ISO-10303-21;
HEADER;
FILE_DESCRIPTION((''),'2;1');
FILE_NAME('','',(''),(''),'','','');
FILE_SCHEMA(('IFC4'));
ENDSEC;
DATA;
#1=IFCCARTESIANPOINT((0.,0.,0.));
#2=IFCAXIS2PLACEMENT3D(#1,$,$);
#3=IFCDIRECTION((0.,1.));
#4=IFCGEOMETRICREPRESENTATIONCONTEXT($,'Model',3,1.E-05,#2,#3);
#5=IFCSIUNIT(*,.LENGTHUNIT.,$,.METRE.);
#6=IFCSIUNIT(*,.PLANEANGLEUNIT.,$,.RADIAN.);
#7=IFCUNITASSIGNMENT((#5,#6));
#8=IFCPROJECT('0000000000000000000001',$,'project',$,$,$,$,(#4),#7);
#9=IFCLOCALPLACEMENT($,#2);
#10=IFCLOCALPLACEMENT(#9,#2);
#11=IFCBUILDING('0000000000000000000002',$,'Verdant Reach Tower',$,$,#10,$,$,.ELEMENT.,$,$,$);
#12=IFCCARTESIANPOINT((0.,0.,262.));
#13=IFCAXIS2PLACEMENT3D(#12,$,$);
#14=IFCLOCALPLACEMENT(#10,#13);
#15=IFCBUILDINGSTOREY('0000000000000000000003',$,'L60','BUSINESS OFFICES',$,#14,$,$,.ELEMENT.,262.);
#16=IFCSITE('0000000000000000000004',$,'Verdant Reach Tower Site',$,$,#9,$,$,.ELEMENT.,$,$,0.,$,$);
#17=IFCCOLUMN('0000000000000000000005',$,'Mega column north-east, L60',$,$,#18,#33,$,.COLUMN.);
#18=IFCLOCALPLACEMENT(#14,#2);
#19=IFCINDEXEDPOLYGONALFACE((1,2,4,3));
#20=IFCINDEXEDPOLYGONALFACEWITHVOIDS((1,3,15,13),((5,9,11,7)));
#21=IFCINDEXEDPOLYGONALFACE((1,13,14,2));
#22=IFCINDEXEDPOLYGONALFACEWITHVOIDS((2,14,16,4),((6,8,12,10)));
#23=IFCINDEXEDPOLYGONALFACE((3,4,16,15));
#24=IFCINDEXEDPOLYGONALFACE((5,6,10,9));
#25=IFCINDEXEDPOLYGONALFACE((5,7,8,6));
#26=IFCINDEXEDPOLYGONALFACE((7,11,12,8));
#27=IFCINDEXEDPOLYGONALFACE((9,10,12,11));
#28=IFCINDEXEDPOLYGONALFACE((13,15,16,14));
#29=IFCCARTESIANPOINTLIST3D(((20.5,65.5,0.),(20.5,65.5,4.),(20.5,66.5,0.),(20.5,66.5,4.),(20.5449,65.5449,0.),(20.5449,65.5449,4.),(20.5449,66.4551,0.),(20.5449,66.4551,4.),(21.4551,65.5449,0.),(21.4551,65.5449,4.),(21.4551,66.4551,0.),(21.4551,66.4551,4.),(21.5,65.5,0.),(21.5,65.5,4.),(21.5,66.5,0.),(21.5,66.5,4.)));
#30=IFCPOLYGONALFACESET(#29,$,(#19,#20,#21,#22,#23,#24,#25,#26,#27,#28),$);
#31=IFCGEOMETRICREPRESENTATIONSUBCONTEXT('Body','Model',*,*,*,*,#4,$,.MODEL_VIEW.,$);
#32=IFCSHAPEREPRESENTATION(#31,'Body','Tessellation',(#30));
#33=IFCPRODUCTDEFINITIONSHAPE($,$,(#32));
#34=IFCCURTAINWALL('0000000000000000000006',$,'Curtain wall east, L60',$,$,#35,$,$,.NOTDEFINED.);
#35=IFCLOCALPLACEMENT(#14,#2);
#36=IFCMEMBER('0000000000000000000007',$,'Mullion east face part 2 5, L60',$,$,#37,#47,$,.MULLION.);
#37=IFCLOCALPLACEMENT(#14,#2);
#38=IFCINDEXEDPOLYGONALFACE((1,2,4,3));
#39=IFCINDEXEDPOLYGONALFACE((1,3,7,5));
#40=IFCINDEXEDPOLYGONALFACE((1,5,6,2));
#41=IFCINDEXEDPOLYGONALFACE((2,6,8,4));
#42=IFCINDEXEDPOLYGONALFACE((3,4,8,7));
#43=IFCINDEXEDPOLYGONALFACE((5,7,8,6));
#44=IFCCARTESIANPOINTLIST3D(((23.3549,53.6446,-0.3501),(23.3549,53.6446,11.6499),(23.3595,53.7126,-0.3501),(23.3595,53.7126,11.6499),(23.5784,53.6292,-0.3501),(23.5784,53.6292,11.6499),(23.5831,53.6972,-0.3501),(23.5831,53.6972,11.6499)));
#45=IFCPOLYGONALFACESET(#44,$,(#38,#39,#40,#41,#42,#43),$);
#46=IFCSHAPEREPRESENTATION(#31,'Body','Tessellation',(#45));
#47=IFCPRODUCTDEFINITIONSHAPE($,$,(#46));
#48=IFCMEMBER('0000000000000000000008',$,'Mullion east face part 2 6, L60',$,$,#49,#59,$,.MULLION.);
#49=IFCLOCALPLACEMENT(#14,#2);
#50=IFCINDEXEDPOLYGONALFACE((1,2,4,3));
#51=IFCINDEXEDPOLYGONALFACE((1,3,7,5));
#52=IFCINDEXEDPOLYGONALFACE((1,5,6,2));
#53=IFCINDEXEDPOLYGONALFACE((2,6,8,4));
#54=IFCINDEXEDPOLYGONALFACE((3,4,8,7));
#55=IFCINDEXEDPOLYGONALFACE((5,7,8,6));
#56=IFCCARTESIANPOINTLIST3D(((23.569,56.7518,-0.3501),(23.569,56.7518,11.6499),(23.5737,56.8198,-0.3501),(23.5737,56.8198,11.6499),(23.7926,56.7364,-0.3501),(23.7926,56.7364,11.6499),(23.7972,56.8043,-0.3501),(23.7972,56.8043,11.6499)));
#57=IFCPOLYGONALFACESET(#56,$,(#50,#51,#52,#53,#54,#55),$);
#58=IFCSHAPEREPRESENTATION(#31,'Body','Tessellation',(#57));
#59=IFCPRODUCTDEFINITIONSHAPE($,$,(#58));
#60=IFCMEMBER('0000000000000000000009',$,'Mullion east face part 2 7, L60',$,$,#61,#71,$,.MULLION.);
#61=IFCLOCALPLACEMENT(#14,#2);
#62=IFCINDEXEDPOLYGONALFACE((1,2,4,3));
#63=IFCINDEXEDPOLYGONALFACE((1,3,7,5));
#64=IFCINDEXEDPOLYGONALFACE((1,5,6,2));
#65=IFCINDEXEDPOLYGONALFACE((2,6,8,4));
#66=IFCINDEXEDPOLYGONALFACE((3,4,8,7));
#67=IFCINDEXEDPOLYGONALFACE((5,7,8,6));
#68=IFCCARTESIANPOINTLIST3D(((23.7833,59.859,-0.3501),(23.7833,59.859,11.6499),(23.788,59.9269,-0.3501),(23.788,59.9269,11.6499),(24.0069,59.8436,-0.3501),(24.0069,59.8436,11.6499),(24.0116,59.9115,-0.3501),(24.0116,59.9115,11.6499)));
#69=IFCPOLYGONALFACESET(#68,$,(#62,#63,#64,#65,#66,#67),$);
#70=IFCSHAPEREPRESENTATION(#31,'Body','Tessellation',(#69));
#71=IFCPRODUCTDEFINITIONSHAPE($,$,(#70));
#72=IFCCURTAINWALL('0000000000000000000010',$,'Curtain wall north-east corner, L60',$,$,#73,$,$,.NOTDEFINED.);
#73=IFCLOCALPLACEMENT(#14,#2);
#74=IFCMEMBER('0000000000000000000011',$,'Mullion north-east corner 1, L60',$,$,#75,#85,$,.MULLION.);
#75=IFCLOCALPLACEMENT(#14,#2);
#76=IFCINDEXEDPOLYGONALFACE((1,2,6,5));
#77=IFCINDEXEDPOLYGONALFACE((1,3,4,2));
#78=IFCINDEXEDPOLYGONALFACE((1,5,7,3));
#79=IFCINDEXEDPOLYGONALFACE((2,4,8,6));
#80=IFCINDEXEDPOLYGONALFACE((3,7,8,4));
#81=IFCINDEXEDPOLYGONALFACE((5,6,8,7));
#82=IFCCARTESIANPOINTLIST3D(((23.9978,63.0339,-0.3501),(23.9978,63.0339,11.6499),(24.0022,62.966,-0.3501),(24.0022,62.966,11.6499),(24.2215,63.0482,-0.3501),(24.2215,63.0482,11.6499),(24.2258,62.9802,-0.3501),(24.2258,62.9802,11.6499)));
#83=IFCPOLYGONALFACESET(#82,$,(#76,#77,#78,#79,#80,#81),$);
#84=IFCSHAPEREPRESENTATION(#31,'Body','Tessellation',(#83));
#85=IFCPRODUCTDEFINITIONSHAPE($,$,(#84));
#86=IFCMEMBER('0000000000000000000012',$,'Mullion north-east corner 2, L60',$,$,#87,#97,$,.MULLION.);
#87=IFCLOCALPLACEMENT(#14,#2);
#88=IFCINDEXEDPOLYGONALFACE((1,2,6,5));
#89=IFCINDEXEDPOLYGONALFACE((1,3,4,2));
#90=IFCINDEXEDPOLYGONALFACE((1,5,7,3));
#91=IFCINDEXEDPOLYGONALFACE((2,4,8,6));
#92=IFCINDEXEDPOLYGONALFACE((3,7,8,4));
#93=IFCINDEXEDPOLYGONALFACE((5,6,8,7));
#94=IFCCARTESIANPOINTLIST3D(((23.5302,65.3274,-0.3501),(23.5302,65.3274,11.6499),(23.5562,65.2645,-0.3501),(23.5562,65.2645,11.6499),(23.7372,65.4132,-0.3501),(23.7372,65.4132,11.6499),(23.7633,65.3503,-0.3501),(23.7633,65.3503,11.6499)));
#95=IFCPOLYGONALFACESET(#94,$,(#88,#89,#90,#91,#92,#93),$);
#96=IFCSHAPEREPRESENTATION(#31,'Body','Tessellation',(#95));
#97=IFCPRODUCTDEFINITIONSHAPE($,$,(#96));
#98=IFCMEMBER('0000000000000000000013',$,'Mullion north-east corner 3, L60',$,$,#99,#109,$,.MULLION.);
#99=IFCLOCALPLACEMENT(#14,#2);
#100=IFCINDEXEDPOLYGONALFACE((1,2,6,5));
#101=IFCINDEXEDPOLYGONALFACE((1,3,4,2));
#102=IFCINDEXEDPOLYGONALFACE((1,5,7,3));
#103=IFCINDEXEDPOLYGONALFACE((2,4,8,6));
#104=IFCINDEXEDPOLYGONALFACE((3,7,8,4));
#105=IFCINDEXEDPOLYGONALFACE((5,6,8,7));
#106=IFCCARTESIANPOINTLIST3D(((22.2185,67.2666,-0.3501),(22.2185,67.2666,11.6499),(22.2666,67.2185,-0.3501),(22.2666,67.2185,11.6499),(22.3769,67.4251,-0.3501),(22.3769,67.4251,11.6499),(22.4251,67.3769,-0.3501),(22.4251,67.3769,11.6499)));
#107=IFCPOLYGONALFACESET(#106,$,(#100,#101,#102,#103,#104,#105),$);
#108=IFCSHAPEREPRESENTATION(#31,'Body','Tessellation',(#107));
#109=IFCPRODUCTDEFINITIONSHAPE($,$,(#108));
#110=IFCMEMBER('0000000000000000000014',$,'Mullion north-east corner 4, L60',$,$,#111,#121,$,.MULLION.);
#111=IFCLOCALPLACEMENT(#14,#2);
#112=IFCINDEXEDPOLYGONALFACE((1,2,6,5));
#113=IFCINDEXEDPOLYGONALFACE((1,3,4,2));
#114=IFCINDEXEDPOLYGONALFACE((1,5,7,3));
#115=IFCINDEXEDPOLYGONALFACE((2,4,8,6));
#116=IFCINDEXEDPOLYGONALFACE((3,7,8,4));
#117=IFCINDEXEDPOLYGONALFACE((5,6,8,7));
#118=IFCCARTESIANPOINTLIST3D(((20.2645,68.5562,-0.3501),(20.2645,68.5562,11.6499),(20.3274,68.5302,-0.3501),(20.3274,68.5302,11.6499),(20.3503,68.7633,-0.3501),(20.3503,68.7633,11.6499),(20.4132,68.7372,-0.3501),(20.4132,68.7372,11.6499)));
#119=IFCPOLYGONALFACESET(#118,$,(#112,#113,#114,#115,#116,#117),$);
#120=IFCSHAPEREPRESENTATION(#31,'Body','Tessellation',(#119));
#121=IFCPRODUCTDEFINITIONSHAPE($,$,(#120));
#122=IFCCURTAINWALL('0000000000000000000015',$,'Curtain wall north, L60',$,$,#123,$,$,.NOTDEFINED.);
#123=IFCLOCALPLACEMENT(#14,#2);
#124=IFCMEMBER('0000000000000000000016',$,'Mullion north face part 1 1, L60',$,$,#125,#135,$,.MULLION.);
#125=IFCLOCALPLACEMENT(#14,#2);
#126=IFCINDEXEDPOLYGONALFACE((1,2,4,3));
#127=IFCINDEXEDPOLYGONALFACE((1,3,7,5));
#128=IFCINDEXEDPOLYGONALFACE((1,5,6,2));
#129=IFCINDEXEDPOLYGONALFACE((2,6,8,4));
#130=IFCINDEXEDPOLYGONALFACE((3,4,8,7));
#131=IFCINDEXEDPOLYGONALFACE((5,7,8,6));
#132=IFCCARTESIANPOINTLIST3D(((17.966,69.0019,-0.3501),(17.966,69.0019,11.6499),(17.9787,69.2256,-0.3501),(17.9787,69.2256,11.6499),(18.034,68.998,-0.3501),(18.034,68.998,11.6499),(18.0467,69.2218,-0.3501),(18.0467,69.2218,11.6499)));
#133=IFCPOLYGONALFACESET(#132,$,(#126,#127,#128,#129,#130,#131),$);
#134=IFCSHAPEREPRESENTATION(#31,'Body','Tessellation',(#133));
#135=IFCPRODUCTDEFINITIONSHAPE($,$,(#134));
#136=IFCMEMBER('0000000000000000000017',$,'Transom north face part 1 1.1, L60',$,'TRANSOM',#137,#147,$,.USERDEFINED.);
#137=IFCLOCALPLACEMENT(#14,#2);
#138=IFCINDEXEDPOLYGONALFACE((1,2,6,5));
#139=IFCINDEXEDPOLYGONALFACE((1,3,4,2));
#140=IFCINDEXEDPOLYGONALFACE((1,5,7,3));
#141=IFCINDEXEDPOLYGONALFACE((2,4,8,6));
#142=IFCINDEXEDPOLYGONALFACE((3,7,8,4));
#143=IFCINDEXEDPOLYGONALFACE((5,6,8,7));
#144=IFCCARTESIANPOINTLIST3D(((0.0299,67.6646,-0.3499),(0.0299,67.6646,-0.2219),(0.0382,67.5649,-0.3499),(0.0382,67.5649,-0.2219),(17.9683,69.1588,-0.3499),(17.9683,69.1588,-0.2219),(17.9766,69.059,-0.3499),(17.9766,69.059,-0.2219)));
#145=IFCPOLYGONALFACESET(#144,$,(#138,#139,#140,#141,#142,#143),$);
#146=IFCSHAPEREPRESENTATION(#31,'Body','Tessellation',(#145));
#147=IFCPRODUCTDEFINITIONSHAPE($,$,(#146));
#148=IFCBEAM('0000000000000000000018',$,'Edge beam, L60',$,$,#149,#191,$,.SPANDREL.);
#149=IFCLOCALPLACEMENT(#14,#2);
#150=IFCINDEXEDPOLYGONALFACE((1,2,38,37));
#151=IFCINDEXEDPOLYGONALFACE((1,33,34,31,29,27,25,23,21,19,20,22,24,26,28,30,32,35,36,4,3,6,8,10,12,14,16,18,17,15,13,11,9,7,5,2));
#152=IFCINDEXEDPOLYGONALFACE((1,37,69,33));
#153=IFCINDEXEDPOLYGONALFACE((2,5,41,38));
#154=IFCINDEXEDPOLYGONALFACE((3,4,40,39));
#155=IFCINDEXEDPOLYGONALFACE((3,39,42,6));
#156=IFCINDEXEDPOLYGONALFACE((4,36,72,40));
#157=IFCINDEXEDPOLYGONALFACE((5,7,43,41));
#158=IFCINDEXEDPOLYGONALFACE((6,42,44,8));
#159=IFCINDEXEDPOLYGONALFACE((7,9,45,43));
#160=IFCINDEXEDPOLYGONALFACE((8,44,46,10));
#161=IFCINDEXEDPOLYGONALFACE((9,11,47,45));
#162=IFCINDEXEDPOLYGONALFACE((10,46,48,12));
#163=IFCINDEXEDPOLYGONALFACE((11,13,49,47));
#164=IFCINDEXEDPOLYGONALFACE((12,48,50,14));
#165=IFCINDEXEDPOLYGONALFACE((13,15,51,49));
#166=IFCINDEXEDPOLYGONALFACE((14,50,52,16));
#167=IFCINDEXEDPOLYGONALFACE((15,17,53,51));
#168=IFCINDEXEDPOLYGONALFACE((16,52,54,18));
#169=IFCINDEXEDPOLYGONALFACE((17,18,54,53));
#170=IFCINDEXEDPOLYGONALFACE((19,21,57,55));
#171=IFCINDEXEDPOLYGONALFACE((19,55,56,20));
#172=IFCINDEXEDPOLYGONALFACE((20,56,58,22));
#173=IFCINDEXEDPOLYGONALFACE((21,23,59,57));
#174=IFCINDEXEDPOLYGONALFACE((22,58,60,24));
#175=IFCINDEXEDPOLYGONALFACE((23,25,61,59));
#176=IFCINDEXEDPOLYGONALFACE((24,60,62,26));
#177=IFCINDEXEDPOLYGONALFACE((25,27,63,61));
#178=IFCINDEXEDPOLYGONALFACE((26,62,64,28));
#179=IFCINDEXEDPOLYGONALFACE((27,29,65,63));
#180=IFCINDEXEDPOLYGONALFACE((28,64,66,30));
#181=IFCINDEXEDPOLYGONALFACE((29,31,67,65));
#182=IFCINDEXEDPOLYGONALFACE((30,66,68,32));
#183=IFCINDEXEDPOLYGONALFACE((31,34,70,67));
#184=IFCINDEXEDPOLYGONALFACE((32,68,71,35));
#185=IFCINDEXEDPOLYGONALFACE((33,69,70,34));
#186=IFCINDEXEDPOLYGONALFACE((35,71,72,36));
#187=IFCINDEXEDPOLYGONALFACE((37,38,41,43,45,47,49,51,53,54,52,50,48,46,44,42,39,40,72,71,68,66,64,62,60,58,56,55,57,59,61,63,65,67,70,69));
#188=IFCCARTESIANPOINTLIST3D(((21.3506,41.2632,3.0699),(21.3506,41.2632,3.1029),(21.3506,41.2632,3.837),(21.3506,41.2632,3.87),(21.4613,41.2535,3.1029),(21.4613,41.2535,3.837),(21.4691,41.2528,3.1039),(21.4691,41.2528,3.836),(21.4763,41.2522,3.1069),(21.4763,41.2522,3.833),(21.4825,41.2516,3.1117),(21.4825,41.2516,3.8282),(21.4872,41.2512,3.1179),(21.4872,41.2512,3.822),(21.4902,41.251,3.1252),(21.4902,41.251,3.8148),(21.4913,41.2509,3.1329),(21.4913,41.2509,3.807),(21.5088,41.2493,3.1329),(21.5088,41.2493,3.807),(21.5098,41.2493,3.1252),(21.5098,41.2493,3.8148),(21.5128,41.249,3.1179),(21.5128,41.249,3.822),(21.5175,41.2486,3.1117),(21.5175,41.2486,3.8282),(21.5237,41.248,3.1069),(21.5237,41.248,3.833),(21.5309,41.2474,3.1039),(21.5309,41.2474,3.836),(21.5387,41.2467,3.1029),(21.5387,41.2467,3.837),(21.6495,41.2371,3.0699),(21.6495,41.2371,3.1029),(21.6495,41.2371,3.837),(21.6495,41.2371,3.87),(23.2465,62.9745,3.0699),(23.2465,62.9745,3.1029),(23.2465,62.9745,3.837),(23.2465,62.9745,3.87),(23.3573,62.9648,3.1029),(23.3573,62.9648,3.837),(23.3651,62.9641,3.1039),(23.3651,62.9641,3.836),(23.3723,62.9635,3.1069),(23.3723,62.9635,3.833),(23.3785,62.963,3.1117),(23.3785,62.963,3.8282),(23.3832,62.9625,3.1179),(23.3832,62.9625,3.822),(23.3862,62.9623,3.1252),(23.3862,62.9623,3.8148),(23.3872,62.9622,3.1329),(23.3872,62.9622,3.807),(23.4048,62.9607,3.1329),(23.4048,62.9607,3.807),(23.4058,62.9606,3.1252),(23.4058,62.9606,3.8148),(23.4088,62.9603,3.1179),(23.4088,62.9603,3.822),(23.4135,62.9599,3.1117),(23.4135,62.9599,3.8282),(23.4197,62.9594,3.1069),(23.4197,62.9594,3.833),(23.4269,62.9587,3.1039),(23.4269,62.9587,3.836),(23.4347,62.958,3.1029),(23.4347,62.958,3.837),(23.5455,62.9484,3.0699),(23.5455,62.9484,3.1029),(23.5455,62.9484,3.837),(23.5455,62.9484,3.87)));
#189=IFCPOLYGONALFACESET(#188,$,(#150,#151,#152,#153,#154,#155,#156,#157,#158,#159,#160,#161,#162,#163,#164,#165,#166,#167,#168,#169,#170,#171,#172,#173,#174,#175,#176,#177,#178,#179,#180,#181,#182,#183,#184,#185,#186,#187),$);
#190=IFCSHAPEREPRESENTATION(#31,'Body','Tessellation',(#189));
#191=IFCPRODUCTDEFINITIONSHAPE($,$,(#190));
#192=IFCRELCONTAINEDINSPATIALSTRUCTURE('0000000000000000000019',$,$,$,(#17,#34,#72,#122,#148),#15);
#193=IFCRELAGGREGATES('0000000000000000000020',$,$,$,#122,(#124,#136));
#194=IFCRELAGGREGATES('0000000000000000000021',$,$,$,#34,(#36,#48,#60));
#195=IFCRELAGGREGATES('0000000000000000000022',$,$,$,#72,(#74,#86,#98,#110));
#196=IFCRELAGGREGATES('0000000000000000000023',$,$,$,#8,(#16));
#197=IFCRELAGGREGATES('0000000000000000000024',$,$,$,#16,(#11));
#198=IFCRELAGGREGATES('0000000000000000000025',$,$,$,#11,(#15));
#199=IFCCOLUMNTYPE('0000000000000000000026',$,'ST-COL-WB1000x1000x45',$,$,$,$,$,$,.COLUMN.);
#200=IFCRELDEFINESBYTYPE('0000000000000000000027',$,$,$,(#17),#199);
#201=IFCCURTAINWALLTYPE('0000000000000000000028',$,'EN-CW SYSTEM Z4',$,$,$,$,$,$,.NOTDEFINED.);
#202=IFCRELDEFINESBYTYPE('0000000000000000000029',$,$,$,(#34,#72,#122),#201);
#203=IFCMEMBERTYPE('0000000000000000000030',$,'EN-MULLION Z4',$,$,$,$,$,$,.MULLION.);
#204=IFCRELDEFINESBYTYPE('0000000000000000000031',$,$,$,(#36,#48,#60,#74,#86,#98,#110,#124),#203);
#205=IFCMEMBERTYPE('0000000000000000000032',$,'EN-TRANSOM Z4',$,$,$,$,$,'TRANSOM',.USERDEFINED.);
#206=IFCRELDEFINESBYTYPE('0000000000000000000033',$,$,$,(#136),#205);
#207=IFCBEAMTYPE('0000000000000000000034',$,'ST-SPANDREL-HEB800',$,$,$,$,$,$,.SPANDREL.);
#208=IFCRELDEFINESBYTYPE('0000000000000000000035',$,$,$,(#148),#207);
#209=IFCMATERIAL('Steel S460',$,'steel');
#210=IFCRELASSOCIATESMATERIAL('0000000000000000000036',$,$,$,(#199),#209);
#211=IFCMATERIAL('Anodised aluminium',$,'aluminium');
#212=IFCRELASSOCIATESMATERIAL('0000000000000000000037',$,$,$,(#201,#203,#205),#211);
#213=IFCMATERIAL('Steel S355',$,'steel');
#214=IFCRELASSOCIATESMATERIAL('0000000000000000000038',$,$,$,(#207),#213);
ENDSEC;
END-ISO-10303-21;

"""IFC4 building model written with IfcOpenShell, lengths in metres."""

from ifc_helpers import new_model, si_unit, direction, frame, origin, origin_2d, place, context, subcontext, project, spatial, rectangle, hollow_rectangle, i_section, extrude, material, material_profile, profile_set, type_object, element, aggregate, save


model = new_model("IFC4")

# Units and contexts
model_context = context("Model", 3, precision=1e-05, world=origin(), true_north=direction((0.0, 1.0)))
body_context = subcontext(model_context, "Body", "Model", "MODEL_VIEW")
ifc_project = project(units=[si_unit("LENGTHUNIT", "METRE"), si_unit("PLANEANGLEUNIT", "RADIAN")], contexts=[model_context])

# Site, building, storey
site_placement = place(None, origin())
site = spatial("IfcSite", under=ifc_project, at=site_placement, Name="Verdant Reach Tower Site", CompositionType="ELEMENT", RefElevation=0.0)
building_placement = place(site_placement, origin())
building = spatial("IfcBuilding", under=site, at=building_placement, Name="Verdant Reach Tower", CompositionType="ELEMENT")
storey_placement = place(building_placement, frame((0.0, 0.0, 262.0)))
storey = spatial("IfcBuildingStorey", under=building, at=storey_placement, Name="L60", Description="BUSINESS OFFICES", CompositionType="ELEMENT", Elevation=262.0)

# Column
ifc_material_1 = material(Name="Steel S460", Category="steel")
ifc_material_profile_1 = material_profile(ifc_material_1, hollow_rectangle(XDim=1.0, YDim=1.0, WallThickness=0.0449, at=origin_2d()), Name="WB 1000x1000x45")
ifc_profile_set_1 = profile_set([ifc_material_profile_1], Name="Steel S460")
column_type = type_object("IfcColumnType", Name="ST-COL-WB1000x1000x45", PredefinedType="COLUMN", material=ifc_profile_set_1)
column_placement = place(storey_placement, frame((21.0, 66.0, 0.0), z_axis=(0.0, 0.0, 1.0), x_axis=(1.0, 0.0, 0.0)))
element("IfcColumn", 1, at=column_placement, inside=storey, type_object=column_type, Name="Mega column north-east, L60", PredefinedType="COLUMN", context=body_context, shape_type="SweptSolid", body=[
    extrude(hollow_rectangle(XDim=1.0, YDim=1.0, WallThickness=0.0449, at=origin_2d()), origin(), (0.0, 0.0, 1.0), 4.0),
])

# Curtain walls, members
ifc_material_2 = material(Name="Anodised aluminium", Category="aluminium")
curtain_wall_type = type_object("IfcCurtainWallType", Name="EN-CW SYSTEM Z4", PredefinedType="NOTDEFINED", material=ifc_material_2)
curtain_wall_1_placement = place(storey_placement, origin())
curtain_wall_1 = element("IfcCurtainWall", 2, at=curtain_wall_1_placement, inside=storey, type_object=curtain_wall_type, Name="Curtain wall east, L60", PredefinedType="NOTDEFINED")
ifc_material_profile_2 = material_profile(ifc_material_2, rectangle(XDim=0.2241, YDim=0.0681, at=origin_2d()), Name="Mullion 68x224")
ifc_profile_set_2 = profile_set([ifc_material_profile_2], Name="Anodised aluminium")
member_type_1 = type_object("IfcMemberType", Name="EN-MULLION Z4", PredefinedType="MULLION", material=ifc_profile_set_2)
member_1_placement = place(storey_placement, frame((23.469, 53.6709, -0.3501), z_axis=(0.0, 0.0, 1.0), x_axis=(0.99763, -0.068802, 0.0)))
member_1 = element("IfcMember", 3, at=member_1_placement, type_object=member_type_1, Name="Mullion east face part 2 5, L60", PredefinedType="MULLION", context=body_context, shape_type="SweptSolid", body=[
    extrude(rectangle(XDim=0.2241, YDim=0.0681, at=origin_2d()), origin(), (0.0, 0.0, 1.0), 12.0),
])
member_2_placement = place(storey_placement, frame((23.6831, 56.7781, -0.3501), z_axis=(0.0, 0.0, 1.0), x_axis=(0.99763, -0.068802, 0.0)))
member_2 = element("IfcMember", 4, at=member_2_placement, type_object=member_type_1, Name="Mullion east face part 2 6, L60", PredefinedType="MULLION", context=body_context, shape_type="SweptSolid", body=[
    extrude(rectangle(XDim=0.2241, YDim=0.0681, at=origin_2d()), origin(), (0.0, 0.0, 1.0), 12.0),
])
member_3_placement = place(storey_placement, frame((23.8975, 59.8853, -0.3501), z_axis=(0.0, 0.0, 1.0), x_axis=(0.99763, -0.068802, 0.0)))
member_3 = element("IfcMember", 5, at=member_3_placement, type_object=member_type_1, Name="Mullion east face part 2 7, L60", PredefinedType="MULLION", context=body_context, shape_type="SweptSolid", body=[
    extrude(rectangle(XDim=0.2241, YDim=0.0681, at=origin_2d()), origin(), (0.0, 0.0, 1.0), 12.0),
])
curtain_wall_2_placement = place(storey_placement, origin())
curtain_wall_2 = element("IfcCurtainWall", 6, at=curtain_wall_2_placement, inside=storey, type_object=curtain_wall_type, Name="Curtain wall north-east corner, L60", PredefinedType="NOTDEFINED")
member_4_placement = place(storey_placement, frame((24.1118, 63.0071, -0.3501), z_axis=(0.0, 0.0, 1.0), x_axis=(0.997969, 0.063699, 0.0)))
member_4 = element("IfcMember", 7, at=member_4_placement, type_object=member_type_1, Name="Mullion north-east corner 1, L60", PredefinedType="MULLION", context=body_context, shape_type="SweptSolid", body=[
    extrude(rectangle(XDim=0.2241, YDim=0.0681, at=origin_2d()), origin(), (0.0, 0.0, 1.0), 12.0),
])
member_5_placement = place(storey_placement, frame((23.6467, 65.3389, -0.3501), z_axis=(0.0, 0.0, 1.0), x_axis=(0.923875, 0.382694, 0.0)))
member_5 = element("IfcMember", 8, at=member_5_placement, type_object=member_type_1, Name="Mullion north-east corner 2, L60", PredefinedType="MULLION", context=body_context, shape_type="SweptSolid", body=[
    extrude(rectangle(XDim=0.2241, YDim=0.0681, at=origin_2d()), origin(), (0.0, 0.0, 1.0), 12.0),
])
member_6_placement = place(storey_placement, frame((22.3218, 67.3218, -0.3501), z_axis=(0.0, 0.0, 1.0), x_axis=(0.707107, 0.707107, 0.0)))
member_6 = element("IfcMember", 9, at=member_6_placement, type_object=member_type_1, Name="Mullion north-east corner 3, L60", PredefinedType="MULLION", context=body_context, shape_type="SweptSolid", body=[
    extrude(rectangle(XDim=0.2241, YDim=0.0681, at=origin_2d()), origin(), (0.0, 0.0, 1.0), 12.0),
])
member_7_placement = place(storey_placement, frame((20.3389, 68.6467, -0.3501), z_axis=(0.0, 0.0, 1.0), x_axis=(0.382694, 0.923875, 0.0)))
member_7 = element("IfcMember", 10, at=member_7_placement, type_object=member_type_1, Name="Mullion north-east corner 4, L60", PredefinedType="MULLION", context=body_context, shape_type="SweptSolid", body=[
    extrude(rectangle(XDim=0.2241, YDim=0.0681, at=origin_2d()), origin(), (0.0, 0.0, 1.0), 12.0),
])
curtain_wall_3_placement = place(storey_placement, origin())
curtain_wall_3 = element("IfcCurtainWall", 11, at=curtain_wall_3_placement, inside=storey, type_object=curtain_wall_type, Name="Curtain wall north, L60", PredefinedType="NOTDEFINED")
member_8_placement = place(storey_placement, frame((18.0063, 69.1118, -0.3501), z_axis=(0.0, 0.0, 1.0), x_axis=(0.056569, 0.998399, 0.0)))
member_8 = element("IfcMember", 12, at=member_8_placement, type_object=member_type_1, Name="Mullion north face part 1 1, L60", PredefinedType="MULLION", context=body_context, shape_type="SweptSolid", body=[
    extrude(rectangle(XDim=0.2241, YDim=0.0681, at=origin_2d()), origin(), (0.0, 0.0, 1.0), 12.0),
])
ifc_material_profile_3 = material_profile(ifc_material_2, rectangle(XDim=0.1001, YDim=0.1279, at=origin_2d()), Name="Transom 128x100")
ifc_profile_set_3 = profile_set([ifc_material_profile_3], Name="Anodised aluminium")
member_type_2 = type_object("IfcMemberType", Name="EN-TRANSOM Z4", ElementType="TRANSOM", PredefinedType="USERDEFINED", material=ifc_profile_set_3)
member_9_placement = place(storey_placement, frame((17.9724, 69.1089, -0.2859), z_axis=(-0.996549, -0.083005, 0.0), x_axis=(0.083005, -0.996549, 0.0)))
member_9 = element("IfcMember", 13, at=member_9_placement, type_object=member_type_2, Name="Transom north face part 1 1.1, L60", ObjectType="TRANSOM", PredefinedType="USERDEFINED", context=body_context, shape_type="SweptSolid", body=[
    extrude(rectangle(XDim=0.1001, YDim=0.1279, at=origin_2d()), origin(), (0.0, 0.0, 1.0), 18.0005),
])

# Beam
ifc_material_3 = material(Name="Steel S355", Category="steel")
ifc_material_profile_4 = material_profile(ifc_material_3, i_section(OverallWidth=0.3, OverallDepth=0.8, WebThickness=0.0176, FlangeThickness=0.033, FilletRadius=0.03, at=origin_2d()), Name="HEB 800")
ifc_profile_set_4 = profile_set([ifc_material_profile_4], Name="Steel S355")
beam_type_1 = type_object("IfcBeamType", Name="ST-SPANDREL-HEB800", PredefinedType="SPANDREL", material=ifc_profile_set_4)
beam_1_placement = place(storey_placement, frame((23.396, 62.9614, 3.47), z_axis=(-0.086996, -0.996209, 0.0), x_axis=(0.996209, -0.086996, 0.0)))
element("IfcBeam", 14, at=beam_1_placement, inside=storey, type_object=beam_type_1, Name="Edge beam, L60", PredefinedType="SPANDREL", context=body_context, shape_type="SweptSolid", body=[
    extrude(i_section(OverallWidth=0.3, OverallDepth=0.8, WebThickness=0.0176, FlangeThickness=0.033, FilletRadius=0.03, at=origin_2d()), origin(), (0.0, 0.0, 1.0), 21.7939),
])

aggregate(curtain_wall_3, [member_8, member_9])
aggregate(curtain_wall_1, [member_1, member_2, member_3])
aggregate(curtain_wall_2, [member_4, member_5, member_6, member_7])

save(model, "model.ifc")
